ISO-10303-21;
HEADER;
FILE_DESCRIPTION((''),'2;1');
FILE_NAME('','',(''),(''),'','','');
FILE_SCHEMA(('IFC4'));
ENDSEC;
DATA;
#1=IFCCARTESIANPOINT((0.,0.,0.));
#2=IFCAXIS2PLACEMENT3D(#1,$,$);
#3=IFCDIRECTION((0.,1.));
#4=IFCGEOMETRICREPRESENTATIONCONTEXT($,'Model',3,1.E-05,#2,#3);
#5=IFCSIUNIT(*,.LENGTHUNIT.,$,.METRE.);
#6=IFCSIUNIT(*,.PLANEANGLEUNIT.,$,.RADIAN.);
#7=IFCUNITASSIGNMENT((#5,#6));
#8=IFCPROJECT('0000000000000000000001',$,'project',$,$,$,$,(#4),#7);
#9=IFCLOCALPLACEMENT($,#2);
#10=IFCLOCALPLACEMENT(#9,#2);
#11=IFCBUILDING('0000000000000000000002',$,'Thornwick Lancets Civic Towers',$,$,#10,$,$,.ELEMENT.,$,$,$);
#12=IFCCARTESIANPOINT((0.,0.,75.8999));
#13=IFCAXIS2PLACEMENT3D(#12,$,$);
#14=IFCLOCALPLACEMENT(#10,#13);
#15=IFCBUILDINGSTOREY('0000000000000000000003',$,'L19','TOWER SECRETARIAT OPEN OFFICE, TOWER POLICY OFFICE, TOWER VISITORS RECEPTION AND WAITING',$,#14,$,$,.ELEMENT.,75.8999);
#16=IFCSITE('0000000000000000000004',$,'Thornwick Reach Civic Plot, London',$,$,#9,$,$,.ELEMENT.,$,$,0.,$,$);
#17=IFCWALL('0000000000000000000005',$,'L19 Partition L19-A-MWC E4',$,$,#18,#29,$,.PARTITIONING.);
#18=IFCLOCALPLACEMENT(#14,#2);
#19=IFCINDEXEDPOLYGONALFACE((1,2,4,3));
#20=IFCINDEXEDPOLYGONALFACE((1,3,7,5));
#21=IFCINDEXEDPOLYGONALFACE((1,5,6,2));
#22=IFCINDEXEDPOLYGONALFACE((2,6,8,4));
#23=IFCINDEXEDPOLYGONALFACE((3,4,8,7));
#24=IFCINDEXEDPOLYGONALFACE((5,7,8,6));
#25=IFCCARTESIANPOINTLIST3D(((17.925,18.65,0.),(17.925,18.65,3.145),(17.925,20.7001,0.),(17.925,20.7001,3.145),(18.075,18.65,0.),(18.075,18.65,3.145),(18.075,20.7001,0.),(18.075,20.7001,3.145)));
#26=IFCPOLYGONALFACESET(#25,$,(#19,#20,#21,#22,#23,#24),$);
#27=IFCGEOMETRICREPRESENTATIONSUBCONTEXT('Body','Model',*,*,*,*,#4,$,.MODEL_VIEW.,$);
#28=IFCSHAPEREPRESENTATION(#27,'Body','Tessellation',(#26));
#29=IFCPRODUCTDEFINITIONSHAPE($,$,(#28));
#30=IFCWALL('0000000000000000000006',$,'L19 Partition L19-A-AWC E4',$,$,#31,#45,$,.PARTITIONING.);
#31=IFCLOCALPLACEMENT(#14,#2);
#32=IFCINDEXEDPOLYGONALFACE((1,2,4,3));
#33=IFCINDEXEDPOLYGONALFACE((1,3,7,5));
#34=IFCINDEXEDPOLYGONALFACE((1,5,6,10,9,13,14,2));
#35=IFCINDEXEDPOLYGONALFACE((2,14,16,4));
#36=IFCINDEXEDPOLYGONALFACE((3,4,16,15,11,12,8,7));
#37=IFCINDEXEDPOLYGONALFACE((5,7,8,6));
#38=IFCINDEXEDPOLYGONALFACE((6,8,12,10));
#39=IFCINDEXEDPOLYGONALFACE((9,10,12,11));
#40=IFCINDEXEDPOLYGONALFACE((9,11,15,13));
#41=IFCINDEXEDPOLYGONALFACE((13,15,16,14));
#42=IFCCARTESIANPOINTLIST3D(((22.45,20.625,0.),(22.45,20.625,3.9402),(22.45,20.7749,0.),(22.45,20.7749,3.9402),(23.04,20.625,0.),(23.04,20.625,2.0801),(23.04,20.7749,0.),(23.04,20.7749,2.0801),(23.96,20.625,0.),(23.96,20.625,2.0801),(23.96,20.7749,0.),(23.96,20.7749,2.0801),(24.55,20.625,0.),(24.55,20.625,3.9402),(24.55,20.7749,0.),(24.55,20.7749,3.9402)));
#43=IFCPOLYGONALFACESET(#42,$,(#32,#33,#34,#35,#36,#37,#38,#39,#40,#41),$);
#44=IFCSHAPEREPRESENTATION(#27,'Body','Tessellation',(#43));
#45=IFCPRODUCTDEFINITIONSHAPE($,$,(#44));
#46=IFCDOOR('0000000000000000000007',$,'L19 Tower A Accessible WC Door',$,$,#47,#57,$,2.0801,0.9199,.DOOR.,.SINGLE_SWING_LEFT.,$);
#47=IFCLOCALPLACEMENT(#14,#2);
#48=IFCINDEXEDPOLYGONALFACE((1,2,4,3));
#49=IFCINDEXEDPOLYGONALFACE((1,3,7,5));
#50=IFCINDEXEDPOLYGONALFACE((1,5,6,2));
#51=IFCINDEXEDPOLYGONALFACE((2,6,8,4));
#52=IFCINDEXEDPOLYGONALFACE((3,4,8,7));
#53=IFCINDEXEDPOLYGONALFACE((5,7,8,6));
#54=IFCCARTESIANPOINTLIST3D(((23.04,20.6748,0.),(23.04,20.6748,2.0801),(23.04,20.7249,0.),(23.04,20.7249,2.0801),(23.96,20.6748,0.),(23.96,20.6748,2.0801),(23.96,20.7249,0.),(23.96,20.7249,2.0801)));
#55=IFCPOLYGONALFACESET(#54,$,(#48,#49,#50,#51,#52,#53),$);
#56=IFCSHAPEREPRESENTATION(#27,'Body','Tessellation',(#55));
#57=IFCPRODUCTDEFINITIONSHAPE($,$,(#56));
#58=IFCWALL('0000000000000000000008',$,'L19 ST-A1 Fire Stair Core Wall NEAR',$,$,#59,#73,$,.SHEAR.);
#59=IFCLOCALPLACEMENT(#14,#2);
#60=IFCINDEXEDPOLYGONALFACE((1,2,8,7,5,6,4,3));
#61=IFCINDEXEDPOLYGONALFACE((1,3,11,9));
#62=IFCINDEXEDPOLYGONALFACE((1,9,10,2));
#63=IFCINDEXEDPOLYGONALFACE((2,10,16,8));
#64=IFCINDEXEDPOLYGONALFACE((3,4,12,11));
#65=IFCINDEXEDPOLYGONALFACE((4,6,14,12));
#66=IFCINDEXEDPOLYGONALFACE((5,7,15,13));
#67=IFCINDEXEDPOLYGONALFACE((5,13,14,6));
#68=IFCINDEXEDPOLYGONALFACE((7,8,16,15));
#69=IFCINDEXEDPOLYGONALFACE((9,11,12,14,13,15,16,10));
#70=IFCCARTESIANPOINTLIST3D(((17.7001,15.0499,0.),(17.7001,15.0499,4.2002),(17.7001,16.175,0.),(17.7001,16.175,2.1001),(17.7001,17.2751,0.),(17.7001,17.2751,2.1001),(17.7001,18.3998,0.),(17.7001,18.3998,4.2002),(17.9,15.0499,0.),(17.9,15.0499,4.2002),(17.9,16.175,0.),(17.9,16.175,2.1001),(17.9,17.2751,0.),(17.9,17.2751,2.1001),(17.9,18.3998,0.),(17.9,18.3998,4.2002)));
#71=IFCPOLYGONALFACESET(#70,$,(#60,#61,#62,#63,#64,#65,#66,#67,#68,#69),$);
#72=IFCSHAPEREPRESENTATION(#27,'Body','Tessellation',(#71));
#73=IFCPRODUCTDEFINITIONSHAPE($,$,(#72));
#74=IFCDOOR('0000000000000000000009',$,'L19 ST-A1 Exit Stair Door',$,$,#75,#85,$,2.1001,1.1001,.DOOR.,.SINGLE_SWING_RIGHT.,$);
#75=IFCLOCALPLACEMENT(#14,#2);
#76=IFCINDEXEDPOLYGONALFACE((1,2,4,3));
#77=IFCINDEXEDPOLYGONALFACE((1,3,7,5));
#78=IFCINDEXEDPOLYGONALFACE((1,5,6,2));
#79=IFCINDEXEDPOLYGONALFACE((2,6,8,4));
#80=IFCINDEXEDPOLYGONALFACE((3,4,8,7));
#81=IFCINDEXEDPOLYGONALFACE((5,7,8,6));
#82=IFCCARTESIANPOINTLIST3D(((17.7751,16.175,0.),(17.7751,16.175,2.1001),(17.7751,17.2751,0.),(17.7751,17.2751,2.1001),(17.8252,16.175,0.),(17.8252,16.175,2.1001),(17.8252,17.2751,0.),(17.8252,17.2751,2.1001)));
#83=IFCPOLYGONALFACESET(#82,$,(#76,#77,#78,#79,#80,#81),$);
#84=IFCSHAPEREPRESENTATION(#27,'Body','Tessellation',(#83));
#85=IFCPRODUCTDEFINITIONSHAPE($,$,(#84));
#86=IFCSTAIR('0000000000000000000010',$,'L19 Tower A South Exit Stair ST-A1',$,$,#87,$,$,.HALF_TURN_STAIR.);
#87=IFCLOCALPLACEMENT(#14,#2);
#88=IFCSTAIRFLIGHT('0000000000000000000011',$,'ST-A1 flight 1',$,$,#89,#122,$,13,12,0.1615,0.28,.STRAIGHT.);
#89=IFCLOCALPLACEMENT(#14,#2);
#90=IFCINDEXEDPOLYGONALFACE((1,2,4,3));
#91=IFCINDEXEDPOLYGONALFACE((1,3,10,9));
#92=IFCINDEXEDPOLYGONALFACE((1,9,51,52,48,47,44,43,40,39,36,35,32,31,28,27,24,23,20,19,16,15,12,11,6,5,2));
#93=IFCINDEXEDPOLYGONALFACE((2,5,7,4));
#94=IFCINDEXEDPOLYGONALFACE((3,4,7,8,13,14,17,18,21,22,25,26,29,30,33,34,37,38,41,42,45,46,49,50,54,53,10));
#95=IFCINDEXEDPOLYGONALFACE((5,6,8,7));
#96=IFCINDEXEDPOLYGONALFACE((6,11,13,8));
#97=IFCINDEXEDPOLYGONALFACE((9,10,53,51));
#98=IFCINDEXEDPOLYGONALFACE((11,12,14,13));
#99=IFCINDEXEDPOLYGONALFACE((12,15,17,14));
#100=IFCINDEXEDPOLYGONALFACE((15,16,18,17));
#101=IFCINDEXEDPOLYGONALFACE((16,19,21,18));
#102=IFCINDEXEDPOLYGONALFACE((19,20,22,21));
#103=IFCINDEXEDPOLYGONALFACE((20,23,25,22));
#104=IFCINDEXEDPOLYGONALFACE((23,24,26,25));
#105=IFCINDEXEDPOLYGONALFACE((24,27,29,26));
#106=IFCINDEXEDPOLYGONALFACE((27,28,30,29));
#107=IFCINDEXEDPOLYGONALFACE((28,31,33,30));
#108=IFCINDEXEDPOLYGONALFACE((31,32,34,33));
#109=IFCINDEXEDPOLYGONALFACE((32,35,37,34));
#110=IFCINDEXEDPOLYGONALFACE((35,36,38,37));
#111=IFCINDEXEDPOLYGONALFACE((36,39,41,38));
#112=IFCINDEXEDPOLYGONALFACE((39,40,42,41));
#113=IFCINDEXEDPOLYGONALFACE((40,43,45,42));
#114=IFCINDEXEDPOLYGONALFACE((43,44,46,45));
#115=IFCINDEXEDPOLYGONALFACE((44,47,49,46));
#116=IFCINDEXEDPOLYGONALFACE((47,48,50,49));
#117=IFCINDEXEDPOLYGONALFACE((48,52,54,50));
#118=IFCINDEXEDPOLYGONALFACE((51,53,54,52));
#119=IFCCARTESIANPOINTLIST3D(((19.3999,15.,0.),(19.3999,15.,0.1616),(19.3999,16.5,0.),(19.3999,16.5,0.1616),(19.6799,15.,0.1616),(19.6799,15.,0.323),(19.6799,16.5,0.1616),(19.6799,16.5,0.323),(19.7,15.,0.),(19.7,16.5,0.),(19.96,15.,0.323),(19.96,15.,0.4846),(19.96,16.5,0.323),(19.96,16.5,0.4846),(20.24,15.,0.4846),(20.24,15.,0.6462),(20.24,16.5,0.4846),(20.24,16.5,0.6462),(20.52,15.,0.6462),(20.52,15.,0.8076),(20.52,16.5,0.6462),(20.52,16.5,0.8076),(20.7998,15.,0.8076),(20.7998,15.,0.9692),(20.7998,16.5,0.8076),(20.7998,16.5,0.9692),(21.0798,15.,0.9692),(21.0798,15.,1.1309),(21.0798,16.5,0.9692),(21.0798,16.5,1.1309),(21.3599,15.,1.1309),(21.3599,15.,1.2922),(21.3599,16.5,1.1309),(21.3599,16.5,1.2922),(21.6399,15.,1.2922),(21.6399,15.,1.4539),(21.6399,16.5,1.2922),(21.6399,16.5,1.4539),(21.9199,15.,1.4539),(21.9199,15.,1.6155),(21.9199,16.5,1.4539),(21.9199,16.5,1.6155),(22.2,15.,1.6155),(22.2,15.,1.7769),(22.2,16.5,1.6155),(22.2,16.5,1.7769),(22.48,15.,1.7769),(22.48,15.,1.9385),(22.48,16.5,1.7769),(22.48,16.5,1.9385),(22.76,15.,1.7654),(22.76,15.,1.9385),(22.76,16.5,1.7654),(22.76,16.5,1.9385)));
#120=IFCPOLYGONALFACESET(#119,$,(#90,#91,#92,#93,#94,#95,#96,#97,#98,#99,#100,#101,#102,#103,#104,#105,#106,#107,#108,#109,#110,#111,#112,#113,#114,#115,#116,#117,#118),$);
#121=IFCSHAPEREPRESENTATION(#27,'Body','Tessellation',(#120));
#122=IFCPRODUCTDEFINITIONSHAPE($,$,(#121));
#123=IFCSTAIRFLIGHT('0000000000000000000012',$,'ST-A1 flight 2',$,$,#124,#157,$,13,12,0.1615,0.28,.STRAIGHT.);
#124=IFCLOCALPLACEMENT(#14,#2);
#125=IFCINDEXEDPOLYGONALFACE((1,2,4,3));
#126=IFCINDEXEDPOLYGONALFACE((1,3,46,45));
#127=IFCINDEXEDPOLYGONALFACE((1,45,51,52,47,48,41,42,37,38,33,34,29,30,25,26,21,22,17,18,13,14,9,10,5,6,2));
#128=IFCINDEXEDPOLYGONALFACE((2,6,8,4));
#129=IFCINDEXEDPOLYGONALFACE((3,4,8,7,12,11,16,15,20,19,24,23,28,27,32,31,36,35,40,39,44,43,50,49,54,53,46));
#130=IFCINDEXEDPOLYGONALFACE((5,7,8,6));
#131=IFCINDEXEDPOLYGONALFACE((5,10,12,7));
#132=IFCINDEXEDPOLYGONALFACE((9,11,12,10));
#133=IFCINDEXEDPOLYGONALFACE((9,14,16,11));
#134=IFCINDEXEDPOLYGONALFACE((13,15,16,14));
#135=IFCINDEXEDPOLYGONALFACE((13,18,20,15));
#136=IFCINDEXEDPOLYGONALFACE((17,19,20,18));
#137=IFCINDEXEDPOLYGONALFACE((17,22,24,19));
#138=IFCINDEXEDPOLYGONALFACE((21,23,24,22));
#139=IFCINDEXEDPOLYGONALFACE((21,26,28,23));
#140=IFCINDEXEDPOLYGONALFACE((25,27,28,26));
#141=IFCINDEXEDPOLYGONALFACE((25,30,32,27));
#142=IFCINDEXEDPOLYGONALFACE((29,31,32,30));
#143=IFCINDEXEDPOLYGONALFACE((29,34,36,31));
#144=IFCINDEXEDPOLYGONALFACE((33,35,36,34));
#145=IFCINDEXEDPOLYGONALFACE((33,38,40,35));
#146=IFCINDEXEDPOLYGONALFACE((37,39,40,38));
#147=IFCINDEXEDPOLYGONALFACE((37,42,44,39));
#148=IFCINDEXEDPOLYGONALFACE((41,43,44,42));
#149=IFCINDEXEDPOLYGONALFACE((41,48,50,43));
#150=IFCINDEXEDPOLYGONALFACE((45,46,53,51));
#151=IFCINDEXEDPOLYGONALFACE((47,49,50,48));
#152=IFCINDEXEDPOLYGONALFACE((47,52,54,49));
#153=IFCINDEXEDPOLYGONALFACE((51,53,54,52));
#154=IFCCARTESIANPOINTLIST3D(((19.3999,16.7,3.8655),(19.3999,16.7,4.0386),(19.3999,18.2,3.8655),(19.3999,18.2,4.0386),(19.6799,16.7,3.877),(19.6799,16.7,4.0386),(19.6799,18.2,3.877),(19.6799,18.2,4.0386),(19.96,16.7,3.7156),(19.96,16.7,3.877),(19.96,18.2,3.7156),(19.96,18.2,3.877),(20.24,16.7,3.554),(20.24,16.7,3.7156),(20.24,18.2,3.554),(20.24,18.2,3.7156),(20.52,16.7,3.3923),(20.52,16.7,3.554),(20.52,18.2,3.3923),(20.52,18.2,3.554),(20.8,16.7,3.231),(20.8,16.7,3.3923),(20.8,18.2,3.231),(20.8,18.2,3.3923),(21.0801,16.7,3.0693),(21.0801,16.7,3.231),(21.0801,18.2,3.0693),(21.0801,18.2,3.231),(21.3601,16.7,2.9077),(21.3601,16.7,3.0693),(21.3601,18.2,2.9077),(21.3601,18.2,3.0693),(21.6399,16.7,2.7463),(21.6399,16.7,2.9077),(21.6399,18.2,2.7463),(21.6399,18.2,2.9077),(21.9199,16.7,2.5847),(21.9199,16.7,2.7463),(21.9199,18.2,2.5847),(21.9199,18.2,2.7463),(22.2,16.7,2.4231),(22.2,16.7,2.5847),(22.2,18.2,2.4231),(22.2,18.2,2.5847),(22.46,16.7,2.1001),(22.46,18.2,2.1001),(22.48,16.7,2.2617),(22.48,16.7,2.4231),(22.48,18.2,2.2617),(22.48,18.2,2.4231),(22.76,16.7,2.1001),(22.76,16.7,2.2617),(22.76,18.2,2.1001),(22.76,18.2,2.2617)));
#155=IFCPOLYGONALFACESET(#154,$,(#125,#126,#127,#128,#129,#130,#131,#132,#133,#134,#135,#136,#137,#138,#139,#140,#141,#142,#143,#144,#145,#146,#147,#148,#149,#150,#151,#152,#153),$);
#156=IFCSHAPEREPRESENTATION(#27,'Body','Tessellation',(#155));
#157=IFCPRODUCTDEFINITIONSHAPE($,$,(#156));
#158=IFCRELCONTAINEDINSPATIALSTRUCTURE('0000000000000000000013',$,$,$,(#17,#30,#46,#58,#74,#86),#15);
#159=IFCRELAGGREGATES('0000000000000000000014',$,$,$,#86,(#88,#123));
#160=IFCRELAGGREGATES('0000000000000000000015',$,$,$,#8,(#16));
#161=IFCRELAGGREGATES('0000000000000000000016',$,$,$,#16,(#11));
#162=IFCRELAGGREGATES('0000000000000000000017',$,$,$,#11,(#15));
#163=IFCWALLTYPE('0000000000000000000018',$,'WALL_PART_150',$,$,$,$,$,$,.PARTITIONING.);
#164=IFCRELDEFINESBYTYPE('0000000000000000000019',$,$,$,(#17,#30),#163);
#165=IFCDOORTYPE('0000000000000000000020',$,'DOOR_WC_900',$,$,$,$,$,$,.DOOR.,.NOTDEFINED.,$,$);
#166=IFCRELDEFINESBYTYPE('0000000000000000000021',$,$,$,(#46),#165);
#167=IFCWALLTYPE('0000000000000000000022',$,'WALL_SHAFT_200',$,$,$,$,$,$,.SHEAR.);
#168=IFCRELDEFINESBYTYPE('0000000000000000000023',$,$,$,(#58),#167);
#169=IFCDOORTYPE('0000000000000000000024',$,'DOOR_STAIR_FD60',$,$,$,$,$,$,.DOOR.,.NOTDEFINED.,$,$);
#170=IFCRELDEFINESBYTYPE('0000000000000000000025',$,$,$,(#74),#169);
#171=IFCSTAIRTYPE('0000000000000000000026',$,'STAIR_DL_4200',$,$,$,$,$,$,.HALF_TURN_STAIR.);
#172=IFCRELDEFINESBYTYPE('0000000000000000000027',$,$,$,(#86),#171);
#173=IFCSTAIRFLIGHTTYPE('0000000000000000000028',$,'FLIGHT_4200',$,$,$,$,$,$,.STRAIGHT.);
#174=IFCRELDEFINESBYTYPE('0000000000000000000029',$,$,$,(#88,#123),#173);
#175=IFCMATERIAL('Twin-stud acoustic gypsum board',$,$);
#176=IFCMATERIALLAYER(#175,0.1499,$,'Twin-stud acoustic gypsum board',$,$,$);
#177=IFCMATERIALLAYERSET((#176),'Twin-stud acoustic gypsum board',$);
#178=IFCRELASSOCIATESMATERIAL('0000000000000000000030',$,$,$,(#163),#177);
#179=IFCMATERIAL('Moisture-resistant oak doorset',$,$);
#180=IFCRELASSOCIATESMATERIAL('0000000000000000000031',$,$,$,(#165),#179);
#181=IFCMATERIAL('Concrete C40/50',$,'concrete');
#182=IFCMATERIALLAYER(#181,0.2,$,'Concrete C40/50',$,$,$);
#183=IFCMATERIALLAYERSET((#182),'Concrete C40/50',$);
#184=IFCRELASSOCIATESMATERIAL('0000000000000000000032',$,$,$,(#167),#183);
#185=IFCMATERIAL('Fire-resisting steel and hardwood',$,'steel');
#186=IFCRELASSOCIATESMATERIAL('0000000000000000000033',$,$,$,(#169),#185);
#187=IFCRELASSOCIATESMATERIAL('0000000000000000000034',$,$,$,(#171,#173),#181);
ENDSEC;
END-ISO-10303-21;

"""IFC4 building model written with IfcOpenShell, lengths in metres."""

from ifc_helpers import new_model, si_unit, direction, frame, frame_2d, origin, place, context, subcontext, project, spatial, polyline, rectangle, outline, extrude, material, layer, layer_set, type_object, element, fill, aggregate, save


model = new_model("IFC4")

# Units and contexts
model_context = context("Model", 3, precision=1e-05, world=origin(), true_north=direction((0.0, 1.0)))
body_context = subcontext(model_context, "Body", "Model", "MODEL_VIEW")
ifc_project = project(units=[si_unit("LENGTHUNIT", "METRE"), si_unit("PLANEANGLEUNIT", "RADIAN")], contexts=[model_context])

# Site, building, storey
site_placement = place(None, origin())
site = spatial("IfcSite", under=ifc_project, at=site_placement, Name="Thornwick Reach Civic Plot, London", CompositionType="ELEMENT", RefElevation=0.0)
building_placement = place(site_placement, origin())
building = spatial("IfcBuilding", under=site, at=building_placement, Name="Thornwick Lancets Civic Towers", CompositionType="ELEMENT")
storey_placement = place(building_placement, frame((0.0, 0.0, 75.8999)))
storey = spatial("IfcBuildingStorey", under=building, at=storey_placement, Name="L19", Description="TOWER SECRETARIAT OPEN OFFICE, TOWER POLICY OFFICE, TOWER VISITORS RECEPTION AND WAITING", CompositionType="ELEMENT", Elevation=75.8999)

# Shared definitions
ifc_material_1 = material(Name="Twin-stud acoustic gypsum board")
ifc_layer_1 = layer(ifc_material_1, 0.1499, Name="Twin-stud acoustic gypsum board")
ifc_layer_set_1 = layer_set([ifc_layer_1], Name="Twin-stud acoustic gypsum board")
wall_type_1 = type_object("IfcWallType", Name="WALL_PART_150", PredefinedType="PARTITIONING", material=ifc_layer_set_1)

# Shared definitions
ifc_material_2 = material(Name="Moisture-resistant oak doorset")
door_type_1 = type_object("IfcDoorType", Name="DOOR_WC_900", OperationType="NOTDEFINED", PredefinedType="DOOR", material=ifc_material_2)

# Wall
wall_1_placement = place(storey_placement, frame((18.0, 20.7, 0.0), z_axis=(0.0, 0.0, 1.0), x_axis=(0.0, -1.0, 0.0)))
element("IfcWall", 1, at=wall_1_placement, inside=storey, type_object=wall_type_1, Name="L19 Partition L19-A-MWC E4", PredefinedType="PARTITIONING", context=body_context, shape_type="SweptSolid", body=[
    extrude(rectangle(XDim=2.05, YDim=0.1499, at=frame_2d((1.0249, 0.0))), origin(), (0.0, 0.0, 1.0), 3.145),
])

# Walls, openings, doors
wall_2_placement = place(storey_placement, frame((22.45, 20.7, 0.0), z_axis=(0.0, 0.0, 1.0), x_axis=(1.0, 0.0, 0.0)))
wall_2 = element("IfcWall", 2, at=wall_2_placement, inside=storey, type_object=wall_type_1, Name="L19 Partition L19-A-AWC E4", PredefinedType="PARTITIONING", context=body_context, shape_type="SweptSolid", body=[
    extrude(rectangle(XDim=2.1001, YDim=0.1499, at=frame_2d((1.05, 0.0))), origin(), (0.0, 0.0, 1.0), 3.9402),
])
opening_1_placement = place(wall_2_placement, frame((0.5901, 0.0, 0.0)))
opening_1 = element("IfcOpeningElement", 3, at=opening_1_placement, cuts=wall_2, PredefinedType="OPENING", context=body_context, shape_type="SweptSolid", body=[
    extrude(rectangle(XDim=0.9199, YDim=2.0801, at=frame_2d((0.46, 1.04))), frame((0.0, 0.085, 0.0), z_axis=(0.0, -1.0, 0.0), x_axis=(1.0, 0.0, 0.0)), (0.0, 0.0, 1.0), 0.1699),
])
door_1_placement = place(opening_1_placement, origin())
door_1 = element("IfcDoor", 4, at=door_1_placement, inside=storey, type_object=door_type_1, Name="L19 Tower A Accessible WC Door", OperationType="SINGLE_SWING_LEFT", OverallHeight=2.0801, OverallWidth=0.9199, PredefinedType="DOOR", context=body_context, shape_type="SweptSolid", body=[
    extrude(rectangle(XDim=0.9199, YDim=2.0801, at=frame_2d((0.46, 1.04))), frame((0.0, 0.0249, 0.0), z_axis=(0.0, -1.0, 0.0), x_axis=(1.0, 0.0, 0.0)), (0.0, 0.0, 1.0), 0.05),
])
fill(opening_1, door_1)
ifc_material_3 = material(Name="Concrete C40/50", Category="concrete")
ifc_layer_2 = layer(ifc_material_3, 0.2, Name="Concrete C40/50")
ifc_layer_set_2 = layer_set([ifc_layer_2], Name="Concrete C40/50")
wall_type_2 = type_object("IfcWallType", Name="WALL_SHAFT_200", PredefinedType="SHEAR", material=ifc_layer_set_2)
wall_3_placement = place(storey_placement, frame((17.8, 15.05, 0.0), z_axis=(0.0, 0.0, 1.0), x_axis=(0.0, 1.0, 0.0)))
wall_3 = element("IfcWall", 5, at=wall_3_placement, inside=storey, type_object=wall_type_2, Name="L19 ST-A1 Fire Stair Core Wall NEAR", PredefinedType="SHEAR", context=body_context, shape_type="SweptSolid", body=[
    extrude(rectangle(XDim=3.3499, YDim=0.2, at=frame_2d((1.6748, 0.0))), origin(), (0.0, 0.0, 1.0), 4.2002),
])
opening_2_placement = place(wall_3_placement, frame((1.125, 0.0, 0.0)))
opening_2 = element("IfcOpeningElement", 6, at=opening_2_placement, cuts=wall_3, PredefinedType="OPENING", context=body_context, shape_type="SweptSolid", body=[
    extrude(rectangle(XDim=1.1001, YDim=2.1001, at=frame_2d((0.55, 1.05))), frame((0.0, 0.1099, 0.0), z_axis=(0.0, -1.0, 0.0), x_axis=(1.0, 0.0, 0.0)), (0.0, 0.0, 1.0), 0.22),
])
ifc_material_4 = material(Name="Fire-resisting steel and hardwood", Category="steel")
door_type_2 = type_object("IfcDoorType", Name="DOOR_STAIR_FD60", OperationType="NOTDEFINED", PredefinedType="DOOR", material=ifc_material_4)
door_2_placement = place(opening_2_placement, origin())
door_2 = element("IfcDoor", 7, at=door_2_placement, inside=storey, type_object=door_type_2, Name="L19 ST-A1 Exit Stair Door", OperationType="SINGLE_SWING_RIGHT", OverallHeight=2.1001, OverallWidth=1.1001, PredefinedType="DOOR", context=body_context, shape_type="SweptSolid", body=[
    extrude(rectangle(XDim=1.1001, YDim=2.1001, at=frame_2d((0.55, 1.05))), frame((0.0, 0.0249, 0.0), z_axis=(0.0, -1.0, 0.0), x_axis=(1.0, 0.0, 0.0)), (0.0, 0.0, 1.0), 0.05),
])
fill(opening_2, door_2)

# Stair, stair flights
stair_type = type_object("IfcStairType", Name="STAIR_DL_4200", PredefinedType="HALF_TURN_STAIR", material=ifc_material_3)
stair_placement = place(storey_placement, origin())
stair = element("IfcStair", 8, at=stair_placement, inside=storey, type_object=stair_type, Name="L19 Tower A South Exit Stair ST-A1", PredefinedType="HALF_TURN_STAIR")
stair_flight_type = type_object("IfcStairFlightType", Name="FLIGHT_4200", PredefinedType="STRAIGHT", material=ifc_material_3)
stair_flight_1_placement = place(storey_placement, frame((19.3999, 15.75, 0.0), z_axis=(0.0, 0.0, 1.0), x_axis=(1.0, 0.0, 0.0)))
stair_flight_1 = element("IfcStairFlight", 9, at=stair_flight_1_placement, type_object=stair_flight_type, Name="ST-A1 flight 1", NumberOfRisers=13, NumberOfTreads=12, PredefinedType="STRAIGHT", RiserHeight=0.1615, TreadLength=0.28, context=body_context, shape_type="SweptSolid", body=[
    extrude(outline(polyline([(0.0, 0.0), (0.0, 0.1616), (0.28, 0.1616), (0.28, 0.323), (0.5601, 0.323), (0.5601, 0.4846), (0.8401, 0.4846), (0.8401, 0.6462), (1.1201, 0.6462), (1.1201, 0.8076), (1.3999, 0.8076), (1.3999, 0.9692), (1.6799, 0.9692), (1.6799, 1.1309), (1.96, 1.1309), (1.96, 1.2922), (2.24, 1.2922), (2.24, 1.4539), (2.52, 1.4539), (2.52, 1.6155), (2.8, 1.6155), (2.8, 1.7769), (3.0801, 1.7769), (3.0801, 1.9385), (3.3601, 1.9385), (3.3601, 2.1001), (3.3601, 1.7654), (0.3, 0.0), (0.0, 0.0)])), frame((0.0, 0.75, 0.0), z_axis=(0.0, -1.0, 0.0), x_axis=(1.0, 0.0, 0.0)), (0.0, 0.0, 1.0), 1.5),
])
stair_flight_2_placement = place(storey_placement, frame((22.76, 17.45, 2.1001), z_axis=(0.0, 0.0, 1.0), x_axis=(-1.0, 0.0, 0.0)))
stair_flight_2 = element("IfcStairFlight", 10, at=stair_flight_2_placement, type_object=stair_flight_type, Name="ST-A1 flight 2", NumberOfRisers=13, NumberOfTreads=12, PredefinedType="STRAIGHT", RiserHeight=0.1615, TreadLength=0.28, context=body_context, shape_type="SweptSolid", body=[
    extrude(outline(polyline([(0.0, 0.0), (0.0, 0.1616), (0.28, 0.1616), (0.28, 0.323), (0.5601, 0.323), (0.5601, 0.4846), (0.8401, 0.4846), (0.8401, 0.6462), (1.1201, 0.6462), (1.1201, 0.8076), (1.3999, 0.8076), (1.3999, 0.9692), (1.6799, 0.9692), (1.6799, 1.1309), (1.96, 1.1309), (1.96, 1.2922), (2.24, 1.2922), (2.24, 1.4539), (2.52, 1.4539), (2.52, 1.6155), (2.8, 1.6155), (2.8, 1.7769), (3.0801, 1.7769), (3.0801, 1.9385), (3.3601, 1.9385), (3.3601, 2.1001), (3.3601, 1.7654), (0.3, 0.0), (0.0, 0.0)])), frame((0.0, 0.75, 0.0), z_axis=(0.0, -1.0, 0.0), x_axis=(1.0, 0.0, 0.0)), (0.0, 0.0, 1.0), 1.5),
])
aggregate(stair, [stair_flight_1, stair_flight_2])

save(model, "model.ifc")
